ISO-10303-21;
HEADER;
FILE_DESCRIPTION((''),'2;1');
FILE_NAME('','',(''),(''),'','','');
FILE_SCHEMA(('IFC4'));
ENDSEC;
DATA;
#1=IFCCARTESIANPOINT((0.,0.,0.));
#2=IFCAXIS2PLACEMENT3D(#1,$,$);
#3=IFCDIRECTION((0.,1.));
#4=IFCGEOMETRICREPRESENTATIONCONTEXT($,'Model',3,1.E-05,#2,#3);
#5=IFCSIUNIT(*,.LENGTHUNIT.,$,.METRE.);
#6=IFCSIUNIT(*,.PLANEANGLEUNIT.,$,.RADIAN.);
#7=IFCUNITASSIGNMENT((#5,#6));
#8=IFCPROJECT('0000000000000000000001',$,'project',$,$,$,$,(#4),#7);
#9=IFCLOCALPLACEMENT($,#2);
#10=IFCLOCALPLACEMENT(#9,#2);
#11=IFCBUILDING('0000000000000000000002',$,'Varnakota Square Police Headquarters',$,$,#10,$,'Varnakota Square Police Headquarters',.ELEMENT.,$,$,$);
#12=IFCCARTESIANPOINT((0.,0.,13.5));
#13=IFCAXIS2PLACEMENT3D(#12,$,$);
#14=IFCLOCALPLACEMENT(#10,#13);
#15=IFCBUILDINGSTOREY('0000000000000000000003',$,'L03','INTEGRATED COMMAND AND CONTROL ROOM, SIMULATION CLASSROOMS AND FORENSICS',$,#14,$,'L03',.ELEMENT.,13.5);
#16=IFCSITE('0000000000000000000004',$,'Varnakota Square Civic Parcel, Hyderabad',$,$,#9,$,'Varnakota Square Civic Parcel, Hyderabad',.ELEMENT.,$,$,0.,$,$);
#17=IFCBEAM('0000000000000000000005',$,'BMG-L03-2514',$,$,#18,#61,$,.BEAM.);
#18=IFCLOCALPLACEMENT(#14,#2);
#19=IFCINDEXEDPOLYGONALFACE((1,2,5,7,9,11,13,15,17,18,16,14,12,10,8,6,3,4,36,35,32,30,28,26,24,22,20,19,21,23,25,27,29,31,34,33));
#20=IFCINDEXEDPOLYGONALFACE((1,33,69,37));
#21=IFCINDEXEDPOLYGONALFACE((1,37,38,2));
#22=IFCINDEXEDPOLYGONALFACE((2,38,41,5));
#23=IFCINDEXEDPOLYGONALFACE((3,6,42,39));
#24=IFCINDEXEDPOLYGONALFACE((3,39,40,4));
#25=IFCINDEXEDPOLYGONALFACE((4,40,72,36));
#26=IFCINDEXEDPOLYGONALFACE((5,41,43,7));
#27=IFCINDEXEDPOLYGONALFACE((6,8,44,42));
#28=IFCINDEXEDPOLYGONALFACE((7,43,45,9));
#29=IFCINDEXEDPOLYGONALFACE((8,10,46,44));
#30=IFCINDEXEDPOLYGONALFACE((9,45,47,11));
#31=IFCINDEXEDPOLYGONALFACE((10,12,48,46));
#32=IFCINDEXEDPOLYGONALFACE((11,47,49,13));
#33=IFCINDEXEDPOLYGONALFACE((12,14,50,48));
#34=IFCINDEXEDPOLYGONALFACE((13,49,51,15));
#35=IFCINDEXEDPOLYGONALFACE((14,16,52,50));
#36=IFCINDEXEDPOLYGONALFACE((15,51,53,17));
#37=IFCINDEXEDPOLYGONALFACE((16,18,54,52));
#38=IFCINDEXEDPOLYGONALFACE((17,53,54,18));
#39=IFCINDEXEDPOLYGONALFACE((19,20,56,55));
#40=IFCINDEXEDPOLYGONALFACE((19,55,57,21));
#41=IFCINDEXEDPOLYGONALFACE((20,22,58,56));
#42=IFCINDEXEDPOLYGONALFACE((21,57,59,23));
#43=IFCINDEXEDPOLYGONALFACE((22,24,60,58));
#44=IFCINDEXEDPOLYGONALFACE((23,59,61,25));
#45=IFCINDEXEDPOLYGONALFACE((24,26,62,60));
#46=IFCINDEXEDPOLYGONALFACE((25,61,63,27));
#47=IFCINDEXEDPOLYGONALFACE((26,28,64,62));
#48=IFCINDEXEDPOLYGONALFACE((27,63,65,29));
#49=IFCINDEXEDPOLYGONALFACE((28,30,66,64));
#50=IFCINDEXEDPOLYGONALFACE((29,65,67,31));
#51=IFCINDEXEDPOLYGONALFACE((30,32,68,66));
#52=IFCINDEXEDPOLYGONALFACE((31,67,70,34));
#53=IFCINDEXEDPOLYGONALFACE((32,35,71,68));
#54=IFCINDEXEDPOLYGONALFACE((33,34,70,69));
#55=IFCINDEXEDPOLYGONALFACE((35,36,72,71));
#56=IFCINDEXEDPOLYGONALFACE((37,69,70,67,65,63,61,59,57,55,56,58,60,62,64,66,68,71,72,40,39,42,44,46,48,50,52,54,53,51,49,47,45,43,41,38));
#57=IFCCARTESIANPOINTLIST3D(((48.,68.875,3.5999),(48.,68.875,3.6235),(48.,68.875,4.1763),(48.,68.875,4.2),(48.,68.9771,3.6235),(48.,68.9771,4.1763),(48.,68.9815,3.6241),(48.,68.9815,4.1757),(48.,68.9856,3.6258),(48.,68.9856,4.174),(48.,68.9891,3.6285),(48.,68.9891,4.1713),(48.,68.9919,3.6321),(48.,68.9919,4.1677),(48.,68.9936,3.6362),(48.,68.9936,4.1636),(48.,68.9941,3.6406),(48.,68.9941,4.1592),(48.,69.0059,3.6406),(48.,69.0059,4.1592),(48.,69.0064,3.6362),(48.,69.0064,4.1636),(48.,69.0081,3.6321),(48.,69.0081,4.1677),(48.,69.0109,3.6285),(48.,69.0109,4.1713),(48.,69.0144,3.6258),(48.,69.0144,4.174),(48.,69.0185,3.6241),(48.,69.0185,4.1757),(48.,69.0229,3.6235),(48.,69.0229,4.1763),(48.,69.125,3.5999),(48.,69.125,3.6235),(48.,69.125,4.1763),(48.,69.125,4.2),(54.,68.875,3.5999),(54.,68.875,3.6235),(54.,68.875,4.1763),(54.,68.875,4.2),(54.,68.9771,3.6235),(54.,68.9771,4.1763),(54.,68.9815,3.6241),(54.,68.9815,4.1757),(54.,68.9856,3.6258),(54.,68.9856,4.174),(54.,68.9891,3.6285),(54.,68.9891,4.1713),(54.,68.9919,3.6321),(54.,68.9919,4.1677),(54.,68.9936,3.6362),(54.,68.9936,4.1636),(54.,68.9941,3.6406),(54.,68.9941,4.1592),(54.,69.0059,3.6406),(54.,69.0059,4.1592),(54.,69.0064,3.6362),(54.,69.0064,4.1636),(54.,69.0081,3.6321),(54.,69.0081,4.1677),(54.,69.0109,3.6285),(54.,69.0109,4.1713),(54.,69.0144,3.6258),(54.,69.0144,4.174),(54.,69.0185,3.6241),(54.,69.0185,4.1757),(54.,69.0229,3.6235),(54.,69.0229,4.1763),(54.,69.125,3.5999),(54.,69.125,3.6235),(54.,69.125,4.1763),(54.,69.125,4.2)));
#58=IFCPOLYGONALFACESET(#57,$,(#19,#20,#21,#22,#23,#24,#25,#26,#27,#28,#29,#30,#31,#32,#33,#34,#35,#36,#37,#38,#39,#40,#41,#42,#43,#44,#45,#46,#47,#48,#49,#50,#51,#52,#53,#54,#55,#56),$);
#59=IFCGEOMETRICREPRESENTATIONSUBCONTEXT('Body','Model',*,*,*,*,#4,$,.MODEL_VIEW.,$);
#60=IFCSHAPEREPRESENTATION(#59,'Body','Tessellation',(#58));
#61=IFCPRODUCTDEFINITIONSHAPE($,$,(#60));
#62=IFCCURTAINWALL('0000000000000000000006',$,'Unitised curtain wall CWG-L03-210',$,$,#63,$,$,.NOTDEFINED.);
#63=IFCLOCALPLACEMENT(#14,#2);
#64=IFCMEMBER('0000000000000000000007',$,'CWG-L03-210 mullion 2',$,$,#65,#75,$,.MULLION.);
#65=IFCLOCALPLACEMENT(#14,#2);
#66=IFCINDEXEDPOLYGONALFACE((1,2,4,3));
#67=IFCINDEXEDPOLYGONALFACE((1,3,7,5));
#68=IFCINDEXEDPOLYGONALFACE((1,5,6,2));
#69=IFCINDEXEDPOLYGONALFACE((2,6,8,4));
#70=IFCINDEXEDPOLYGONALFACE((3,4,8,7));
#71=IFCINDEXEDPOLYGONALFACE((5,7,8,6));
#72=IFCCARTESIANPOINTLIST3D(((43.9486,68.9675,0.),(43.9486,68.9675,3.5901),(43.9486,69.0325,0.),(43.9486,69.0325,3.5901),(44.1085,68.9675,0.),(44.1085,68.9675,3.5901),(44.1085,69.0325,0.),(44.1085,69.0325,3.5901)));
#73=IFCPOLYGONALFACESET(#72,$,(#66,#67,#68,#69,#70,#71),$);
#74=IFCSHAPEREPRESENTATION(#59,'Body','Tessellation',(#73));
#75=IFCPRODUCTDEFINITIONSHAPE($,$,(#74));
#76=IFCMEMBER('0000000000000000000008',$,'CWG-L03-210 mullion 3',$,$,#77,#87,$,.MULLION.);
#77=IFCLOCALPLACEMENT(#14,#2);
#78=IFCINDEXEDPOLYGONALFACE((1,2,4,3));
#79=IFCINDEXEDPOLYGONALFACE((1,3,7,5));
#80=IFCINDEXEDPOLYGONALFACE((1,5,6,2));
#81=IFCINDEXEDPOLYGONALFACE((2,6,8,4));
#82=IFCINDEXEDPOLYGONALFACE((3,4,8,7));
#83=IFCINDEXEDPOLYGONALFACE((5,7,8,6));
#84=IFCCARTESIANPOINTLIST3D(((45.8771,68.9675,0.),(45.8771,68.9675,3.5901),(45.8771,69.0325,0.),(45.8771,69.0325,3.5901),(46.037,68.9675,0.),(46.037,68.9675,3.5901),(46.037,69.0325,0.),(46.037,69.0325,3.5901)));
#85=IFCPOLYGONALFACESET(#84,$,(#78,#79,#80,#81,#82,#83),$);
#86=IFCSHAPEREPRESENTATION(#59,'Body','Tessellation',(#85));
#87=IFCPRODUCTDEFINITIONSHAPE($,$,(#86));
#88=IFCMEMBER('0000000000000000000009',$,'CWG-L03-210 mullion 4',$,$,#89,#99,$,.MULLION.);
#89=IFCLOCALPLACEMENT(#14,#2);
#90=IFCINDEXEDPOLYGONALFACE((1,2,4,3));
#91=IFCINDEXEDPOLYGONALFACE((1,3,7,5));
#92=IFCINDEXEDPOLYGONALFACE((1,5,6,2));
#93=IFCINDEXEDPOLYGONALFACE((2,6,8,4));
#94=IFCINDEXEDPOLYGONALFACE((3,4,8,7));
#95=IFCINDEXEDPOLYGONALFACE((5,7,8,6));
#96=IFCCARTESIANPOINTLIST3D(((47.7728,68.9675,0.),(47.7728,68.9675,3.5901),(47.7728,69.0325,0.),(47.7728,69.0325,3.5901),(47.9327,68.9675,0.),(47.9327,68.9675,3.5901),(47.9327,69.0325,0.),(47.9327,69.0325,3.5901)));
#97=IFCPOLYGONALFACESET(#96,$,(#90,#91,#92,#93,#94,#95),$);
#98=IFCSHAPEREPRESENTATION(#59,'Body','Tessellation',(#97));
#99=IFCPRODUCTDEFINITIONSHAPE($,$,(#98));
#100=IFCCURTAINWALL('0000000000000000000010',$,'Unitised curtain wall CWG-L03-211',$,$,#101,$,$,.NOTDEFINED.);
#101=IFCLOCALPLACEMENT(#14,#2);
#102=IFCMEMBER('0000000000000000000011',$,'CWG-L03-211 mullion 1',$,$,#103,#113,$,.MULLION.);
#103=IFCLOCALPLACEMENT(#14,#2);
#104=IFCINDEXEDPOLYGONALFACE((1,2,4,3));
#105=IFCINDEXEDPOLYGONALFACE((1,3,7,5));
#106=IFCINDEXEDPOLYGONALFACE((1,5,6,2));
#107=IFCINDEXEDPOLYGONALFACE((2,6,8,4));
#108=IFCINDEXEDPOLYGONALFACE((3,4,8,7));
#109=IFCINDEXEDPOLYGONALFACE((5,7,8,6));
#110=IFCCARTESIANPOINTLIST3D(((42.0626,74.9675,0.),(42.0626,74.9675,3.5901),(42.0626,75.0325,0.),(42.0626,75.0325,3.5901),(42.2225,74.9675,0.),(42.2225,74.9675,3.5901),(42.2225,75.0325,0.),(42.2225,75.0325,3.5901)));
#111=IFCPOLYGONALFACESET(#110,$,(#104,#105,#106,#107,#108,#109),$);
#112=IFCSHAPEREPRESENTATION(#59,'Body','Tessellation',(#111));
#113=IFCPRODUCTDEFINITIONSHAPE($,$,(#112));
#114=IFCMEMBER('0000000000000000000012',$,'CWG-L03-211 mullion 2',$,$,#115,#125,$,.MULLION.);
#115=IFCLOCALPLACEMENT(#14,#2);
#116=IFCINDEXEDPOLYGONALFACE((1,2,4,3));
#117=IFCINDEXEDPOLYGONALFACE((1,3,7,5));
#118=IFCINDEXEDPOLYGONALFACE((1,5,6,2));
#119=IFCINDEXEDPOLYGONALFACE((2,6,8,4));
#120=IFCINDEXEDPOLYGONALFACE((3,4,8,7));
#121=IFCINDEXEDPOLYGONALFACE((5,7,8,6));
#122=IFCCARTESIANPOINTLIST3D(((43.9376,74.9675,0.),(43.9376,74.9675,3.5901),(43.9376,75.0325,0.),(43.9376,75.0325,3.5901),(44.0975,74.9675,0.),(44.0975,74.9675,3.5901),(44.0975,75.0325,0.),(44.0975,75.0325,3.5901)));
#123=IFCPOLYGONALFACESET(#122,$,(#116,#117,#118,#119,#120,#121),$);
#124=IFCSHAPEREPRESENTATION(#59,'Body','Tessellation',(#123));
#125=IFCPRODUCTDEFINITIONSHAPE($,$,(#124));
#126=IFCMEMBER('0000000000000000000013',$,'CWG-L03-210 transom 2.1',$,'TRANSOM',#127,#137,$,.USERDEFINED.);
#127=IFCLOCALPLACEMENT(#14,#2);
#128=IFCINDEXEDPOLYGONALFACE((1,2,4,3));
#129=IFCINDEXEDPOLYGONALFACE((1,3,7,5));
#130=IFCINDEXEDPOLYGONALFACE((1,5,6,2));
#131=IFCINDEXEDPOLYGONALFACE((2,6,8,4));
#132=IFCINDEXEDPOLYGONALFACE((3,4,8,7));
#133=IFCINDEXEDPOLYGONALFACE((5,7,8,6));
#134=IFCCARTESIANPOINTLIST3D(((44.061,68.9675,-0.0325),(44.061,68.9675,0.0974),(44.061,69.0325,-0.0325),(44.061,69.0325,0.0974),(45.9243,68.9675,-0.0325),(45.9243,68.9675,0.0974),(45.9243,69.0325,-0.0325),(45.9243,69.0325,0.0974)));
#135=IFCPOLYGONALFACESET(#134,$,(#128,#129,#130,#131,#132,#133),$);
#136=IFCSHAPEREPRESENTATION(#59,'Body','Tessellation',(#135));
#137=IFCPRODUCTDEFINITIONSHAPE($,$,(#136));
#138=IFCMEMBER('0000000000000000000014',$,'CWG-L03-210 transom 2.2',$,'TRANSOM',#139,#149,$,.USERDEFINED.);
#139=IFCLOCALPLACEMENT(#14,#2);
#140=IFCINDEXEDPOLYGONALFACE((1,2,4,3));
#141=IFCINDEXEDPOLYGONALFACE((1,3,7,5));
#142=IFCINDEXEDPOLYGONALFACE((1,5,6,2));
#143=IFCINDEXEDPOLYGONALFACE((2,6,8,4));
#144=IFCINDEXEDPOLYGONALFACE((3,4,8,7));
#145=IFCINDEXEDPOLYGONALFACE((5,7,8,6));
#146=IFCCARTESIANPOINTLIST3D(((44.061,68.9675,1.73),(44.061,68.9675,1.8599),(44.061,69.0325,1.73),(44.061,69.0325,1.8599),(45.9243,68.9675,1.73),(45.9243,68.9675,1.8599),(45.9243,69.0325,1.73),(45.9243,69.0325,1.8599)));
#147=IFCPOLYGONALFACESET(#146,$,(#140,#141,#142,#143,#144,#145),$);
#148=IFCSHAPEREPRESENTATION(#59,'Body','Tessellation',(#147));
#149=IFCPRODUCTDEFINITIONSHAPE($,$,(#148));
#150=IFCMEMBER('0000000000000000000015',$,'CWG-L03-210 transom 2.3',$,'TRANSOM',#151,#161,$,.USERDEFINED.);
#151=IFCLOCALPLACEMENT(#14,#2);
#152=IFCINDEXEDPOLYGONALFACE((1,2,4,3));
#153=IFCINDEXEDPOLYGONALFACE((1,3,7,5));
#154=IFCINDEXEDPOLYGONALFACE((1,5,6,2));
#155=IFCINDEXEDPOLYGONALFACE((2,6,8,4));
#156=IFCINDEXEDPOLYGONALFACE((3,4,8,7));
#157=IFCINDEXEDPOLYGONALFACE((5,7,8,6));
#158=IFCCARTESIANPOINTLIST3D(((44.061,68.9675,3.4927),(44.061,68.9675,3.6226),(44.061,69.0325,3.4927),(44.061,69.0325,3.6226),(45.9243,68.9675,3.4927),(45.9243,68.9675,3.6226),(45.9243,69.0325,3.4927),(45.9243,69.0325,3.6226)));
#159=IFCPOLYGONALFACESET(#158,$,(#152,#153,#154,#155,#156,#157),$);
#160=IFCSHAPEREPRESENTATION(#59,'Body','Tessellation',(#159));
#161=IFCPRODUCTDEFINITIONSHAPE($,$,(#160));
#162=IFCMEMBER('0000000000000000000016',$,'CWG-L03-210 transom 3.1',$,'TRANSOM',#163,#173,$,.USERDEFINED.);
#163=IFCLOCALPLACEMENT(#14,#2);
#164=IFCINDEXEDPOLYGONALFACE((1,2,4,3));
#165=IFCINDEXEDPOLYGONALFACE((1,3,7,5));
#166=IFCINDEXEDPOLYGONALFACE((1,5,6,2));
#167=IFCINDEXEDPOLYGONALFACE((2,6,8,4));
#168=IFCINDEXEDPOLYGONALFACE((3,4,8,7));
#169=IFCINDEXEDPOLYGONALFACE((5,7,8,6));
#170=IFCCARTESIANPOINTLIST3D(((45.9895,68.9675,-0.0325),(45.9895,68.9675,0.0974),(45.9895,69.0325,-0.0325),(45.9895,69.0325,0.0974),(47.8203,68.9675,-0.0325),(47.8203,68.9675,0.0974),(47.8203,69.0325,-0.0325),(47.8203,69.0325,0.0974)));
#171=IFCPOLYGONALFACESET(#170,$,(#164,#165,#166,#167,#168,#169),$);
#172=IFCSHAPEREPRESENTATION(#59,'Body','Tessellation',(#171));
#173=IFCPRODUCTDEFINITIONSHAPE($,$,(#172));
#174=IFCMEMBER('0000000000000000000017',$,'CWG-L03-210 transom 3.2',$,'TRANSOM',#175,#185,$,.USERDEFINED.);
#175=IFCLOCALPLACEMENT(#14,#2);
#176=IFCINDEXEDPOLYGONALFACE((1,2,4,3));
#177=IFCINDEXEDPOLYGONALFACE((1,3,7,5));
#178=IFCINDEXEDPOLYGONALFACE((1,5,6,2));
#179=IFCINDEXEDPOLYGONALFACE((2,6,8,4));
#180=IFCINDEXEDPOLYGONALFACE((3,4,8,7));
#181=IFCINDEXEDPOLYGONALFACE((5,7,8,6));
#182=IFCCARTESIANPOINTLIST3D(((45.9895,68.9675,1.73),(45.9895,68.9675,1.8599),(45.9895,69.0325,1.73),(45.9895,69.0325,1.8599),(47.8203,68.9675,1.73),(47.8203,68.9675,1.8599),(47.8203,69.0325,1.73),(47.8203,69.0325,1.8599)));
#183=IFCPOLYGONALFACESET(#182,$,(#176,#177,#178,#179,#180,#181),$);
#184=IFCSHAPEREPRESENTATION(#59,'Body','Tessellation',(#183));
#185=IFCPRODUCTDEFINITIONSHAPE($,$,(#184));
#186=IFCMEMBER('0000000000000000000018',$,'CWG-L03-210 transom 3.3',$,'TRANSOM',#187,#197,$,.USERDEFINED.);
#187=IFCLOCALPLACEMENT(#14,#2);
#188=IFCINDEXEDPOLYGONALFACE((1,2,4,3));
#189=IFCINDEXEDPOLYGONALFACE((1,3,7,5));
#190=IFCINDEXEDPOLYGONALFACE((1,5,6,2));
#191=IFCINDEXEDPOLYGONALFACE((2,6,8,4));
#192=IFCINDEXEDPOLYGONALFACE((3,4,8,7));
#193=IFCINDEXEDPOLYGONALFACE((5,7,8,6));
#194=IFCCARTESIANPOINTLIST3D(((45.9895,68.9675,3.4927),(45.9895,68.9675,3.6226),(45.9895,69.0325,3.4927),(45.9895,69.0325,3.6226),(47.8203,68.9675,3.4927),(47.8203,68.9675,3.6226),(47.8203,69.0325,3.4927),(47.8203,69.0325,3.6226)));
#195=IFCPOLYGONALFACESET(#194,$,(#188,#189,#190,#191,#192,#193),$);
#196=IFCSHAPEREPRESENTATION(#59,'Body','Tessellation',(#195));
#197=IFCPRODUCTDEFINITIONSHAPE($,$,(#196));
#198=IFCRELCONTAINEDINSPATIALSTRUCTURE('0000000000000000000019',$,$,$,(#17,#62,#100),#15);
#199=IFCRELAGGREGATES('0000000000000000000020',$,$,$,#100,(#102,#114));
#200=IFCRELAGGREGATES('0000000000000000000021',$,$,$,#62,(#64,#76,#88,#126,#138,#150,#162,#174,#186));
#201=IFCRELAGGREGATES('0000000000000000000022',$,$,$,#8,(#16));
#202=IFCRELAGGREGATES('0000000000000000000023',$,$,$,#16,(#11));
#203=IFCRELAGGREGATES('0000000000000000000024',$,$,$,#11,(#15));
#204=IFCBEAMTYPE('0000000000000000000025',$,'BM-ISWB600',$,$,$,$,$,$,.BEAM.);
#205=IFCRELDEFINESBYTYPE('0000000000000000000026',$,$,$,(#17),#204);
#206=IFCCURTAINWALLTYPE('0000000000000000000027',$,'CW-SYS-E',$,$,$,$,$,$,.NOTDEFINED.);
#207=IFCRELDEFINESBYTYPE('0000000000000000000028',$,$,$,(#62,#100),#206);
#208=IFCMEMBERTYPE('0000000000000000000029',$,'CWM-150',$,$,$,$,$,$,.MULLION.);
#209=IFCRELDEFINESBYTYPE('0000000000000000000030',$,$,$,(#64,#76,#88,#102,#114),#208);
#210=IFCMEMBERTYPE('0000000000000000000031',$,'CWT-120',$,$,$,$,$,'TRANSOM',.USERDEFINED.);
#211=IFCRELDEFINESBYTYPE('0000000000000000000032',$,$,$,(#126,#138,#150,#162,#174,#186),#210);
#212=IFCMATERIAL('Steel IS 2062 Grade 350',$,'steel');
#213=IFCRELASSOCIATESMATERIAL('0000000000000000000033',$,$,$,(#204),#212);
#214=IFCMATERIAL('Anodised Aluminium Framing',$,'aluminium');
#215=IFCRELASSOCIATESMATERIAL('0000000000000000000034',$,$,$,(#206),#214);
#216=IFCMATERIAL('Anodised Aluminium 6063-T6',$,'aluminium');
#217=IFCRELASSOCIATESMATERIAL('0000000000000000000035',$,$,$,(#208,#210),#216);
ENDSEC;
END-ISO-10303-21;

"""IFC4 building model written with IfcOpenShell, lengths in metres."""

from ifc_helpers import new_model, si_unit, direction, frame, origin, origin_2d, place, context, subcontext, project, spatial, rectangle, i_section, extrude, material, material_profile, profile_set, type_object, element, aggregate, save


model = new_model("IFC4")

# Units and contexts
model_context = context("Model", 3, precision=1e-05, world=origin(), true_north=direction((0.0, 1.0)))
body_context = subcontext(model_context, "Body", "Model", "MODEL_VIEW")
ifc_project = project(units=[si_unit("LENGTHUNIT", "METRE"), si_unit("PLANEANGLEUNIT", "RADIAN")], contexts=[model_context])

# Site, building, storey
site_placement = place(None, origin())
site = spatial("IfcSite", under=ifc_project, at=site_placement, Name="Varnakota Square Civic Parcel, Hyderabad", LongName="Varnakota Square Civic Parcel, Hyderabad", CompositionType="ELEMENT", RefElevation=0.0)
building_placement = place(site_placement, origin())
building = spatial("IfcBuilding", under=site, at=building_placement, Name="Varnakota Square Police Headquarters", LongName="Varnakota Square Police Headquarters", CompositionType="ELEMENT")
storey_placement = place(building_placement, frame((0.0, 0.0, 13.5)))
storey = spatial("IfcBuildingStorey", under=building, at=storey_placement, Name="L03", Description="INTEGRATED COMMAND AND CONTROL ROOM, SIMULATION CLASSROOMS AND FORENSICS", LongName="L03", CompositionType="ELEMENT", Elevation=13.5)

# Shared definitions
ifc_material_1 = material(Name="Steel IS 2062 Grade 350", Category="steel")

# Beam
ifc_material_profile_1 = material_profile(ifc_material_1, i_section(OverallWidth=0.25, OverallDepth=0.6001, WebThickness=0.0117, FlangeThickness=0.0237, FilletRadius=0.0171, at=origin_2d()), Name="ISWB 600")
ifc_profile_set_1 = profile_set([ifc_material_profile_1], Name="Steel IS 2062 Grade 350")
beam_type_1 = type_object("IfcBeamType", Name="BM-ISWB600", PredefinedType="BEAM", material=ifc_profile_set_1)
beam_1_placement = place(storey_placement, frame((48.0, 69.0, 3.8999), z_axis=(1.0, 0.0, 0.0), x_axis=(0.0, 1.0, 0.0)))
element("IfcBeam", 1, at=beam_1_placement, inside=storey, type_object=beam_type_1, Name="BMG-L03-2514", PredefinedType="BEAM", context=body_context, shape_type="SweptSolid", body=[
    extrude(i_section(OverallWidth=0.25, OverallDepth=0.6001, WebThickness=0.0117, FlangeThickness=0.0237, FilletRadius=0.0171, at=origin_2d()), origin(), (0.0, 0.0, 1.0), 6.0),
])

# Curtain walls, members
ifc_material_2 = material(Name="Anodised Aluminium Framing", Category="aluminium")
curtain_wall_type = type_object("IfcCurtainWallType", Name="CW-SYS-E", PredefinedType="NOTDEFINED", material=ifc_material_2)
curtain_wall_1_placement = place(storey_placement, origin())
curtain_wall_1 = element("IfcCurtainWall", 2, at=curtain_wall_1_placement, inside=storey, type_object=curtain_wall_type, Name="Unitised curtain wall CWG-L03-210", PredefinedType="NOTDEFINED")
ifc_material_3 = material(Name="Anodised Aluminium 6063-T6", Category="aluminium")
ifc_material_profile_2 = material_profile(ifc_material_3, rectangle(XDim=0.0649, YDim=0.1599, at=origin_2d()), Name="ALU MULLION 65x160")
ifc_profile_set_2 = profile_set([ifc_material_profile_2], Name="Anodised Aluminium 6063-T6")
member_type_1 = type_object("IfcMemberType", Name="CWM-150", PredefinedType="MULLION", material=ifc_profile_set_2)
member_1_placement = place(storey_placement, frame((44.0286, 69.0, 0.0), z_axis=(0.0, 0.0, 1.0), x_axis=(0.0, 1.0, 0.0)))
member_1 = element("IfcMember", 3, at=member_1_placement, type_object=member_type_1, Name="CWG-L03-210 mullion 2", PredefinedType="MULLION", context=body_context, shape_type="SweptSolid", body=[
    extrude(rectangle(XDim=0.0649, YDim=0.1599, at=origin_2d()), origin(), (0.0, 0.0, 1.0), 3.5901),
])
member_2_placement = place(storey_placement, frame((45.957, 69.0, 0.0), z_axis=(0.0, 0.0, 1.0), x_axis=(0.0, 1.0, 0.0)))
member_2 = element("IfcMember", 4, at=member_2_placement, type_object=member_type_1, Name="CWG-L03-210 mullion 3", PredefinedType="MULLION", context=body_context, shape_type="SweptSolid", body=[
    extrude(rectangle(XDim=0.0649, YDim=0.1599, at=origin_2d()), origin(), (0.0, 0.0, 1.0), 3.5901),
])
member_3_placement = place(storey_placement, frame((47.8528, 69.0, 0.0), z_axis=(0.0, 0.0, 1.0), x_axis=(0.0, 1.0, 0.0)))
member_3 = element("IfcMember", 5, at=member_3_placement, type_object=member_type_1, Name="CWG-L03-210 mullion 4", PredefinedType="MULLION", context=body_context, shape_type="SweptSolid", body=[
    extrude(rectangle(XDim=0.0649, YDim=0.1599, at=origin_2d()), origin(), (0.0, 0.0, 1.0), 3.5901),
])
curtain_wall_2_placement = place(storey_placement, origin())
curtain_wall_2 = element("IfcCurtainWall", 6, at=curtain_wall_2_placement, inside=storey, type_object=curtain_wall_type, Name="Unitised curtain wall CWG-L03-211", PredefinedType="NOTDEFINED")
member_4_placement = place(storey_placement, frame((42.1426, 75.0, 0.0), z_axis=(0.0, 0.0, 1.0), x_axis=(0.0, 1.0, 0.0)))
member_4 = element("IfcMember", 7, at=member_4_placement, type_object=member_type_1, Name="CWG-L03-211 mullion 1", PredefinedType="MULLION", context=body_context, shape_type="SweptSolid", body=[
    extrude(rectangle(XDim=0.0649, YDim=0.1599, at=origin_2d()), origin(), (0.0, 0.0, 1.0), 3.5901),
])
member_5_placement = place(storey_placement, frame((44.0176, 75.0, 0.0), z_axis=(0.0, 0.0, 1.0), x_axis=(0.0, 1.0, 0.0)))
member_5 = element("IfcMember", 8, at=member_5_placement, type_object=member_type_1, Name="CWG-L03-211 mullion 2", PredefinedType="MULLION", context=body_context, shape_type="SweptSolid", body=[
    extrude(rectangle(XDim=0.0649, YDim=0.1599, at=origin_2d()), origin(), (0.0, 0.0, 1.0), 3.5901),
])

# Members
ifc_material_profile_3 = material_profile(ifc_material_3, rectangle(XDim=0.0649, YDim=0.1299, at=origin_2d()), Name="ALU TRANSOM 65x130")
ifc_profile_set_3 = profile_set([ifc_material_profile_3], Name="Anodised Aluminium 6063-T6")
member_type_2 = type_object("IfcMemberType", Name="CWT-120", ElementType="TRANSOM", PredefinedType="USERDEFINED", material=ifc_profile_set_3)
member_6_placement = place(storey_placement, frame((44.061, 69.0, 0.0325), z_axis=(1.0, 0.0, 0.0), x_axis=(0.0, 1.0, 0.0)))
member_6 = element("IfcMember", 9, at=member_6_placement, type_object=member_type_2, Name="CWG-L03-210 transom 2.1", ObjectType="TRANSOM", PredefinedType="USERDEFINED", context=body_context, shape_type="SweptSolid", body=[
    extrude(rectangle(XDim=0.0649, YDim=0.1299, at=origin_2d()), origin(), (0.0, 0.0, 1.0), 1.8633),
])
member_7_placement = place(storey_placement, frame((44.061, 69.0, 1.7949), z_axis=(1.0, 0.0, 0.0), x_axis=(0.0, 1.0, 0.0)))
member_7 = element("IfcMember", 10, at=member_7_placement, type_object=member_type_2, Name="CWG-L03-210 transom 2.2", ObjectType="TRANSOM", PredefinedType="USERDEFINED", context=body_context, shape_type="SweptSolid", body=[
    extrude(rectangle(XDim=0.0649, YDim=0.1299, at=origin_2d()), origin(), (0.0, 0.0, 1.0), 1.8633),
])
member_8_placement = place(storey_placement, frame((44.061, 69.0, 3.5576), z_axis=(1.0, 0.0, 0.0), x_axis=(0.0, 1.0, 0.0)))
member_8 = element("IfcMember", 11, at=member_8_placement, type_object=member_type_2, Name="CWG-L03-210 transom 2.3", ObjectType="TRANSOM", PredefinedType="USERDEFINED", context=body_context, shape_type="SweptSolid", body=[
    extrude(rectangle(XDim=0.0649, YDim=0.1299, at=origin_2d()), origin(), (0.0, 0.0, 1.0), 1.8633),
])
member_9_placement = place(storey_placement, frame((45.9895, 69.0, 0.0325), z_axis=(1.0, 0.0, 0.0), x_axis=(0.0, 1.0, 0.0)))
member_9 = element("IfcMember", 12, at=member_9_placement, type_object=member_type_2, Name="CWG-L03-210 transom 3.1", ObjectType="TRANSOM", PredefinedType="USERDEFINED", context=body_context, shape_type="SweptSolid", body=[
    extrude(rectangle(XDim=0.0649, YDim=0.1299, at=origin_2d()), origin(), (0.0, 0.0, 1.0), 1.8308),
])
member_10_placement = place(storey_placement, frame((45.9895, 69.0, 1.7949), z_axis=(1.0, 0.0, 0.0), x_axis=(0.0, 1.0, 0.0)))
member_10 = element("IfcMember", 13, at=member_10_placement, type_object=member_type_2, Name="CWG-L03-210 transom 3.2", ObjectType="TRANSOM", PredefinedType="USERDEFINED", context=body_context, shape_type="SweptSolid", body=[
    extrude(rectangle(XDim=0.0649, YDim=0.1299, at=origin_2d()), origin(), (0.0, 0.0, 1.0), 1.8308),
])
member_11_placement = place(storey_placement, frame((45.9895, 69.0, 3.5576), z_axis=(1.0, 0.0, 0.0), x_axis=(0.0, 1.0, 0.0)))
member_11 = element("IfcMember", 14, at=member_11_placement, type_object=member_type_2, Name="CWG-L03-210 transom 3.3", ObjectType="TRANSOM", PredefinedType="USERDEFINED", context=body_context, shape_type="SweptSolid", body=[
    extrude(rectangle(XDim=0.0649, YDim=0.1299, at=origin_2d()), origin(), (0.0, 0.0, 1.0), 1.8308),
])

aggregate(curtain_wall_2, [member_4, member_5])
aggregate(curtain_wall_1, [member_1, member_2, member_3, member_6, member_7, member_8, member_9, member_10, member_11])

save(model, "model.ifc")
